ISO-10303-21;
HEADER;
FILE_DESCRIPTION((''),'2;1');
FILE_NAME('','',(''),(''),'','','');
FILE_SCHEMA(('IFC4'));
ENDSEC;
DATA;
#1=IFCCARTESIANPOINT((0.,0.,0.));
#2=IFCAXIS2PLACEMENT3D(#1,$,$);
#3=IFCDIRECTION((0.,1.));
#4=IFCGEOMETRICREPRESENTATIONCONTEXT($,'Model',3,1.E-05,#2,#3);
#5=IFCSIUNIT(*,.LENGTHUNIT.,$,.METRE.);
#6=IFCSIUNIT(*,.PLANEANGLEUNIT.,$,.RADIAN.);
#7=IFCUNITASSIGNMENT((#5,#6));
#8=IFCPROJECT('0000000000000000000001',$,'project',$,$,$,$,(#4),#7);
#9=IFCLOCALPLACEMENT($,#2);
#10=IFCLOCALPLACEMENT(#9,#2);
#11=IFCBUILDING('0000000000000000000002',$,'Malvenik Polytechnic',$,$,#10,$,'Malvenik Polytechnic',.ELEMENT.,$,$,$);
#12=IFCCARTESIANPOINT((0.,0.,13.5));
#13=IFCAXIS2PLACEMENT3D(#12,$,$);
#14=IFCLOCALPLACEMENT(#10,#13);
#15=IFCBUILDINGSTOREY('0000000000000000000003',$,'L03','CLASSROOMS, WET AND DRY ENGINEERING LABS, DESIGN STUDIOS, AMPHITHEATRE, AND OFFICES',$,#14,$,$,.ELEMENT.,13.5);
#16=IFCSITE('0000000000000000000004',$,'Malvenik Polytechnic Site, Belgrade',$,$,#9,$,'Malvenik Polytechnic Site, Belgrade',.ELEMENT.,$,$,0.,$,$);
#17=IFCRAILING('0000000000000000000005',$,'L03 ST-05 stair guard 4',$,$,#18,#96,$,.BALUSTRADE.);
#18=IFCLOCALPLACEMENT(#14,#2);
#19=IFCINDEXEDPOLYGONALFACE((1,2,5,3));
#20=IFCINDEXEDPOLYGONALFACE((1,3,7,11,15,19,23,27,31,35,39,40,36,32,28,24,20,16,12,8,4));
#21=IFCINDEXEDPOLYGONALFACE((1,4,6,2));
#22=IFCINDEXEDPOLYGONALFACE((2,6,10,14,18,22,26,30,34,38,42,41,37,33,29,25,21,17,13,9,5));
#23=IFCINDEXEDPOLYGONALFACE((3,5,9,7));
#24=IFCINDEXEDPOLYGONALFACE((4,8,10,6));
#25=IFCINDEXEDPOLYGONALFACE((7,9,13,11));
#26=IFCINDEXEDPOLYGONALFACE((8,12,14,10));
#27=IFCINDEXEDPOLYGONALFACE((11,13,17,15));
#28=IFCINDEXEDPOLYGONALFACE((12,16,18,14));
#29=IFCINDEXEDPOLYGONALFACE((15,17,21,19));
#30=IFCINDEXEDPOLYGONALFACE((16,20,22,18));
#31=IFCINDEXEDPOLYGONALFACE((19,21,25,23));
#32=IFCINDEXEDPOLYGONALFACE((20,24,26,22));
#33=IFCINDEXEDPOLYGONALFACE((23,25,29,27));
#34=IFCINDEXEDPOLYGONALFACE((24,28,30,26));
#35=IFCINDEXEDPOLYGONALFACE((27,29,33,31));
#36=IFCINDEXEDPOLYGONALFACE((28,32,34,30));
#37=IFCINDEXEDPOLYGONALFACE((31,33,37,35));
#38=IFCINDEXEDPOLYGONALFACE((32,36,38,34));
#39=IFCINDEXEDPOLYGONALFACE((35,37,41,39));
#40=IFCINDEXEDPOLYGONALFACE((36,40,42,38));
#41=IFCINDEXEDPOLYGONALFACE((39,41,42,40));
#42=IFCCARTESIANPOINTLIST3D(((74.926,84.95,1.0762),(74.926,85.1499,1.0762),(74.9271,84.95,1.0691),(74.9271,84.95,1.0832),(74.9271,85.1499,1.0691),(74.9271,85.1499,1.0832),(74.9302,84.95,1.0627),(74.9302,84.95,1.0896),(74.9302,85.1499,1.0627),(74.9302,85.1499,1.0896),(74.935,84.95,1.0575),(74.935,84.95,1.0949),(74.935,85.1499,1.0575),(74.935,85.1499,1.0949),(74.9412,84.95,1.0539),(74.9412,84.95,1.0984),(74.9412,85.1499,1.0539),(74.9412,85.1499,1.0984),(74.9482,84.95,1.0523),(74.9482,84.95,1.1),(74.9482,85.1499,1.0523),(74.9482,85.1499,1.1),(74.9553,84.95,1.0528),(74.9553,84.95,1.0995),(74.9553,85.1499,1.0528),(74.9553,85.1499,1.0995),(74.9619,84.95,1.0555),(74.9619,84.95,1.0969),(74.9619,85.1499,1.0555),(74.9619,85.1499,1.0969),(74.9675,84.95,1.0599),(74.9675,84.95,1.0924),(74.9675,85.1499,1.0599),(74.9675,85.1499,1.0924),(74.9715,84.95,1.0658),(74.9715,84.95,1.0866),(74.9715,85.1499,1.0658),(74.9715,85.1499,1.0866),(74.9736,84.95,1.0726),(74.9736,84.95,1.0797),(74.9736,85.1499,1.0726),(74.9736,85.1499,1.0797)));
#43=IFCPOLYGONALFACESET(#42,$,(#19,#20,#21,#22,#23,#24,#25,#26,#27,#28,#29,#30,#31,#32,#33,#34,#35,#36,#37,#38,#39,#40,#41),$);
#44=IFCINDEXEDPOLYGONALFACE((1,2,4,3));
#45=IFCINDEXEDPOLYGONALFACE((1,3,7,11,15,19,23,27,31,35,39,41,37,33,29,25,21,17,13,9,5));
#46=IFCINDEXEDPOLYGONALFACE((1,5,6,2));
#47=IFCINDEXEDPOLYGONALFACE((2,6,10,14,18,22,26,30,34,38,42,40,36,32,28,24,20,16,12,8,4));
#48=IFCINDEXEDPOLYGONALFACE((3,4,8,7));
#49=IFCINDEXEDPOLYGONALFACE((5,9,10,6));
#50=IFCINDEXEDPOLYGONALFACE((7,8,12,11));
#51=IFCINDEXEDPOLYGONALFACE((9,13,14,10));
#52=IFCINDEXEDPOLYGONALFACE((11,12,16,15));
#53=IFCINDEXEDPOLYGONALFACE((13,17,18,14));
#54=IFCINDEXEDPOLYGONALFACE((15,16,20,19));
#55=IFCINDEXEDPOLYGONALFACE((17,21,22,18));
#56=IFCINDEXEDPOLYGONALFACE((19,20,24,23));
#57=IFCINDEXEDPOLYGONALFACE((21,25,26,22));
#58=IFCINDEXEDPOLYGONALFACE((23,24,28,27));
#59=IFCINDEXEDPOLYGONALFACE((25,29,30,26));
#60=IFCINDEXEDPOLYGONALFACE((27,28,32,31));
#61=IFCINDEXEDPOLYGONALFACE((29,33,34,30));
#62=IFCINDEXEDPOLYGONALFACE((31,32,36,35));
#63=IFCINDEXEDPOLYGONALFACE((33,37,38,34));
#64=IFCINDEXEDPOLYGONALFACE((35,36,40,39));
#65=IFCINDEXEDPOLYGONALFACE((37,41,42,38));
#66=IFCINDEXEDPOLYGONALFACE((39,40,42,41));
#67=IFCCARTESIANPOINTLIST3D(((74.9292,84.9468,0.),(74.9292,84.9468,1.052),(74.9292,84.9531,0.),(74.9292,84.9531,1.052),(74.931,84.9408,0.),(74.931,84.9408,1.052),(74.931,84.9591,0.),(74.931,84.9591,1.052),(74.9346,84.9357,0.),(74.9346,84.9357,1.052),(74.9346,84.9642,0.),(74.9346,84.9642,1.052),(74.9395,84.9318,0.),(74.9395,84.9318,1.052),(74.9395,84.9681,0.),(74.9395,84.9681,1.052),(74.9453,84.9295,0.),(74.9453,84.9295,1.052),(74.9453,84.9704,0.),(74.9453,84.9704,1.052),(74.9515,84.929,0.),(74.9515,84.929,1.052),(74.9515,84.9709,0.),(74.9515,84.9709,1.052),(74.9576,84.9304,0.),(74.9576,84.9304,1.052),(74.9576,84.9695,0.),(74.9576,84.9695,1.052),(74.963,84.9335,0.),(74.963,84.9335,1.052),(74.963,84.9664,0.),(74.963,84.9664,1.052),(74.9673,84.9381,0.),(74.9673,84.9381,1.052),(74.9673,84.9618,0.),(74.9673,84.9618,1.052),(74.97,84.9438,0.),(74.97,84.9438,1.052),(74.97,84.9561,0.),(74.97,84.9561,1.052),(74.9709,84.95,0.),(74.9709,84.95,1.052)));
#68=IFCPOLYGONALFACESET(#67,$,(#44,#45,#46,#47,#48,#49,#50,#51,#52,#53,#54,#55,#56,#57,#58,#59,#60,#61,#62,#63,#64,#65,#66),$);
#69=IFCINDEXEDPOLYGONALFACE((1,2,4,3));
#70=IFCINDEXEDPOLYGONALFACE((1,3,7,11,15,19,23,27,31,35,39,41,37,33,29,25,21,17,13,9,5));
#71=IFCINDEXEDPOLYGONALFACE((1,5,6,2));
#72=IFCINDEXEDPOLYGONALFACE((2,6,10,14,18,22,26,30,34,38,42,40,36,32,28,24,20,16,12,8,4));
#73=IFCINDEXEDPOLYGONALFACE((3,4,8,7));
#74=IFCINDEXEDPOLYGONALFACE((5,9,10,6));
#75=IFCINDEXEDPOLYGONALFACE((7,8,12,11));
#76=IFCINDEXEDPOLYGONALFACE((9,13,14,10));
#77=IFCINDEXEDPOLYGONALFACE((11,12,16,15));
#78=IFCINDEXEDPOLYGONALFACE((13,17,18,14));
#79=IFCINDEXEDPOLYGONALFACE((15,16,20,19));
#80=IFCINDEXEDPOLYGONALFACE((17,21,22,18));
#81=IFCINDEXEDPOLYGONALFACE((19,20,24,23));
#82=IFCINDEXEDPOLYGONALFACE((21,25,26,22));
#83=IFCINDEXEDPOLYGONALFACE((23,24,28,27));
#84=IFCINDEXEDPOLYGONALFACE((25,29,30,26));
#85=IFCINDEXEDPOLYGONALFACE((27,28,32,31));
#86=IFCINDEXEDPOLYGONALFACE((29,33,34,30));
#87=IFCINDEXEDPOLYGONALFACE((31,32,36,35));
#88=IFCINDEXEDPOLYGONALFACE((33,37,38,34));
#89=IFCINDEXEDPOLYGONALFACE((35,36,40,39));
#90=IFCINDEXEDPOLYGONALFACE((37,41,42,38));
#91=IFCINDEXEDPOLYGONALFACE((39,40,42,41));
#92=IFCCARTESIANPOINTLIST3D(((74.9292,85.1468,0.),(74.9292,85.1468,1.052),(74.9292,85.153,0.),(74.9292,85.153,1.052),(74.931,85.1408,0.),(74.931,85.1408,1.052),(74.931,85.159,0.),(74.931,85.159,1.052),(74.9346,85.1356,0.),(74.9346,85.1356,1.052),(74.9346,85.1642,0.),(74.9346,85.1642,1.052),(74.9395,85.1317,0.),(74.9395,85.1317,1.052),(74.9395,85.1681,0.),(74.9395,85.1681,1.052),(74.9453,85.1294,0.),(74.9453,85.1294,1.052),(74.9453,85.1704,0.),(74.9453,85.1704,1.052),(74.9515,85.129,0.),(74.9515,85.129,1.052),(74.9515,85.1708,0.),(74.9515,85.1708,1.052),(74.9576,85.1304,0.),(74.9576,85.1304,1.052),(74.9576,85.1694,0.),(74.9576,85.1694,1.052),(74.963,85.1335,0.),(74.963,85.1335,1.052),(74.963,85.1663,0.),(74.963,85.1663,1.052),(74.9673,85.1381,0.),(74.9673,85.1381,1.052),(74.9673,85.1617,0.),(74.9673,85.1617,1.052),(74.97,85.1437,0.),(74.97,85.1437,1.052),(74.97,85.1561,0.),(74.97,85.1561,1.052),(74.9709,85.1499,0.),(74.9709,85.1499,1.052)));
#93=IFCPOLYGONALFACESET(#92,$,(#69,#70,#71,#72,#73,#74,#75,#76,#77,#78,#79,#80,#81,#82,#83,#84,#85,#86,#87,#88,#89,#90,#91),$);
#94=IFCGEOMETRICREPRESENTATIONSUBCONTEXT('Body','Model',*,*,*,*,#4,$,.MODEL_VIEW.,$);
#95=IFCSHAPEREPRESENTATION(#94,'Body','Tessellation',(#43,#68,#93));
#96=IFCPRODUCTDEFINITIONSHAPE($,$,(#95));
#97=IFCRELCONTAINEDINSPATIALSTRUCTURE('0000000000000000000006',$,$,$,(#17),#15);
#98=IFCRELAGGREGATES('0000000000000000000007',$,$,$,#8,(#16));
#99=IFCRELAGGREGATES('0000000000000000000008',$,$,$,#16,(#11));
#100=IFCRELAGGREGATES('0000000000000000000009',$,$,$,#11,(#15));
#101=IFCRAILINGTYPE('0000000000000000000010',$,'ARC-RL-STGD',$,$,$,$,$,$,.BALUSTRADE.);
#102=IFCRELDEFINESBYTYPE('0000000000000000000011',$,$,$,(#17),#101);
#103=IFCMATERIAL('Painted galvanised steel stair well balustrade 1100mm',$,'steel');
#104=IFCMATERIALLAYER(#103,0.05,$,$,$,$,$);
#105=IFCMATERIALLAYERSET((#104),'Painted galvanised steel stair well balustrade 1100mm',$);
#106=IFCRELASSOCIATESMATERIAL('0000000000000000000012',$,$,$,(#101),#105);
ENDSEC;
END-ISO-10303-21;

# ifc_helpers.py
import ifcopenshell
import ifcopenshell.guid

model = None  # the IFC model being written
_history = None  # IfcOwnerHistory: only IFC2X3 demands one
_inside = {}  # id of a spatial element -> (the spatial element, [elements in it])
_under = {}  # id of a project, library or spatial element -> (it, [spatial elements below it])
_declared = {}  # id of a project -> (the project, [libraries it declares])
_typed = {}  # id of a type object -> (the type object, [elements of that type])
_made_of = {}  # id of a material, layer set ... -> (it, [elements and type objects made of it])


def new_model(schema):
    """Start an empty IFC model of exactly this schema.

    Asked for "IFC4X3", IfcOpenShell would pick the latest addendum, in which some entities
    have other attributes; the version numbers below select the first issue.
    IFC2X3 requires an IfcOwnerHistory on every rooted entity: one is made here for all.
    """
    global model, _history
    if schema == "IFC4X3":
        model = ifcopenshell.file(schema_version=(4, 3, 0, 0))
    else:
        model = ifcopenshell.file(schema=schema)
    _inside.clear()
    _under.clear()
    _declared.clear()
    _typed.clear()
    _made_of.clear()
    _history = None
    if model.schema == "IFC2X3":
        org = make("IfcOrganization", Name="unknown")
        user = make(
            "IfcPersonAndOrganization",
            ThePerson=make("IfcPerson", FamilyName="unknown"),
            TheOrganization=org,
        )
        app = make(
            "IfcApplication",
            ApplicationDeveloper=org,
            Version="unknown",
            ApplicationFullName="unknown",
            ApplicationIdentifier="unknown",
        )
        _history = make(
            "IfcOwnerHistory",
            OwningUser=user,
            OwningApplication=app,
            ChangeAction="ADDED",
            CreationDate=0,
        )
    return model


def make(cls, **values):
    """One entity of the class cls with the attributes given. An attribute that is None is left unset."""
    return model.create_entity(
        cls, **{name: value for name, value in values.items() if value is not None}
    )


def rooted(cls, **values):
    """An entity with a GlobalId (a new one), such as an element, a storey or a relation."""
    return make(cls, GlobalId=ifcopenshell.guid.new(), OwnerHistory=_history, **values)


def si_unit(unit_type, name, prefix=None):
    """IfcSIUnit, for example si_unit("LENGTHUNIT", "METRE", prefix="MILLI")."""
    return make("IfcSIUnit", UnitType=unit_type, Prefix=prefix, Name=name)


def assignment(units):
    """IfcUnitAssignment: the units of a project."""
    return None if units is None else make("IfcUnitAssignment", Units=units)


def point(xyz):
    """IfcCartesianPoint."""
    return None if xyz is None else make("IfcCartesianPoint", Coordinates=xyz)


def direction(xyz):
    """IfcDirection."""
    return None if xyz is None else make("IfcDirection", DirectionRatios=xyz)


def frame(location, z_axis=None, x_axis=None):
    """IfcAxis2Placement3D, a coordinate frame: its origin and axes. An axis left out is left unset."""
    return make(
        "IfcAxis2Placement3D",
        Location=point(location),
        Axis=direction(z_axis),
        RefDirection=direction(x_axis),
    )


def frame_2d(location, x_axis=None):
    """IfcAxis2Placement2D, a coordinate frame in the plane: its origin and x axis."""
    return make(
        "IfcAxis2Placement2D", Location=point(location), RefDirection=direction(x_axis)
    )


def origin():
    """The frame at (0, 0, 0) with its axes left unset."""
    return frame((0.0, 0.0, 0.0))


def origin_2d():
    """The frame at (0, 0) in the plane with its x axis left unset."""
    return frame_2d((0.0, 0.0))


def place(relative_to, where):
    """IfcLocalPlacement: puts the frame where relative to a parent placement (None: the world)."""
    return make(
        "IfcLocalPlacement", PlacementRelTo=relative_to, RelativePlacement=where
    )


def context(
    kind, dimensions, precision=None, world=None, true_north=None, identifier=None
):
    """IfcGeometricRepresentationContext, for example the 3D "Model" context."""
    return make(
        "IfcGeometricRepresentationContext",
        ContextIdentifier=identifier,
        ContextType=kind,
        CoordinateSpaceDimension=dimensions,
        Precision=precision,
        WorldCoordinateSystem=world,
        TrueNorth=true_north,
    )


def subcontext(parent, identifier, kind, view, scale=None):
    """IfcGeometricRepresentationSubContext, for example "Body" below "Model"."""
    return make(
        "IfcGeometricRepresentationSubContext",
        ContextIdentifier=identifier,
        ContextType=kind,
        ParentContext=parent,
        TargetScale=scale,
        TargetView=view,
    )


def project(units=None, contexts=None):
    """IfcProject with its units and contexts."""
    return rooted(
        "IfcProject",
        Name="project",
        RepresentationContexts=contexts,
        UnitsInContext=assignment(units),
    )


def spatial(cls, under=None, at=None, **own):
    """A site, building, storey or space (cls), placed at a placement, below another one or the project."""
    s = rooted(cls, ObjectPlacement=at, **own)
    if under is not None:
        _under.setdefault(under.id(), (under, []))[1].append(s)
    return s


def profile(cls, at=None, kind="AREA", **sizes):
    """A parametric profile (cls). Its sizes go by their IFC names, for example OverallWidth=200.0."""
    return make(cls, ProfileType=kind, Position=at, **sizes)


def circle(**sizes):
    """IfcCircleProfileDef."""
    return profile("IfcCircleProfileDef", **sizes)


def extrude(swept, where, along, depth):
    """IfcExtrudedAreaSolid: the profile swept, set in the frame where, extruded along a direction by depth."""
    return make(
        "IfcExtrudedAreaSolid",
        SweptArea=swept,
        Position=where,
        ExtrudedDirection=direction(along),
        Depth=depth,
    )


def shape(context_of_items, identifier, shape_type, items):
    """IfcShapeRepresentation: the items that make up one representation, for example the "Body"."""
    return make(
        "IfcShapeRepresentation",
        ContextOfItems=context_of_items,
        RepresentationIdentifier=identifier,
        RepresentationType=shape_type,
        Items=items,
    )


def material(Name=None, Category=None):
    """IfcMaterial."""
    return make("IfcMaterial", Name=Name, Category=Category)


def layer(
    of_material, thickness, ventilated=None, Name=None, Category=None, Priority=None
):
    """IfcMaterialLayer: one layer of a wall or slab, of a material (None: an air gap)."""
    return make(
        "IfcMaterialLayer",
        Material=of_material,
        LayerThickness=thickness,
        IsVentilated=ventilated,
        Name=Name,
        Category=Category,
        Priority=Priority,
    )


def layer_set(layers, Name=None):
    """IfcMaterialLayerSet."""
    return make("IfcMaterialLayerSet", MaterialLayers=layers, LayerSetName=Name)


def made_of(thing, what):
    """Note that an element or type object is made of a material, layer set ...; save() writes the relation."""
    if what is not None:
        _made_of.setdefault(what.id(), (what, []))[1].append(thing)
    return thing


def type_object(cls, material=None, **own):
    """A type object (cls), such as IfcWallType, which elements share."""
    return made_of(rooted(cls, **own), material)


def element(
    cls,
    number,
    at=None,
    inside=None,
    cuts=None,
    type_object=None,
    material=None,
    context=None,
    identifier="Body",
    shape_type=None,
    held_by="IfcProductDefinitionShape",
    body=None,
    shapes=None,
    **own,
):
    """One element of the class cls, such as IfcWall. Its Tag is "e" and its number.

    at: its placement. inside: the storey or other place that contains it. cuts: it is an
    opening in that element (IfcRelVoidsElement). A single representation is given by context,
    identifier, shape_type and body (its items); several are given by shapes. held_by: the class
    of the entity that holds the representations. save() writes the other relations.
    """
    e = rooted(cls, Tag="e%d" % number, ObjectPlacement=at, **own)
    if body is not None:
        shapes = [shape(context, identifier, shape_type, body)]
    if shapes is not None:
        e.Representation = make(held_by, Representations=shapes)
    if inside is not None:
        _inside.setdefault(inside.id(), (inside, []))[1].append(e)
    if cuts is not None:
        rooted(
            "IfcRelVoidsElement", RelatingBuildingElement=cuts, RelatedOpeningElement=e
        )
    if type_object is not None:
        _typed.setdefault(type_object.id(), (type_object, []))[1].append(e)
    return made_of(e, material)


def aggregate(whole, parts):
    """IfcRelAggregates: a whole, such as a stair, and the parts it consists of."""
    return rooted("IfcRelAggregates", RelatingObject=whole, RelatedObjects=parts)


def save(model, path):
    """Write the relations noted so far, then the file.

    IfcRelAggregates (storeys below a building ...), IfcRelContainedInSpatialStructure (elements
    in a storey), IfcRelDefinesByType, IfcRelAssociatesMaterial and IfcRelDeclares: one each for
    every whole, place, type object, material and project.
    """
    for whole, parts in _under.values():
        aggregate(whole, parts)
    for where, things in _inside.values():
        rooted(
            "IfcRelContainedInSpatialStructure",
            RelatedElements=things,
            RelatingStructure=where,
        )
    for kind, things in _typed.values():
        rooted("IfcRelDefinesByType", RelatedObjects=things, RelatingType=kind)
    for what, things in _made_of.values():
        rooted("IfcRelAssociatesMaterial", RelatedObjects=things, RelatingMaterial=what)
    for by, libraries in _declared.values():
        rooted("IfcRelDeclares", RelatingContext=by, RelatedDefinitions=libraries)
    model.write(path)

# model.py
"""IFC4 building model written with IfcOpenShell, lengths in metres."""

from ifc_helpers import new_model, si_unit, direction, frame, origin, origin_2d, place, context, subcontext, project, spatial, circle, extrude, material, layer, layer_set, type_object, element, save


model = new_model("IFC4")

# Units and contexts
model_context = context("Model", 3, precision=1e-05, world=origin(), true_north=direction((0.0, 1.0)))
body_context = subcontext(model_context, "Body", "Model", "MODEL_VIEW")
ifc_project = project(units=[si_unit("LENGTHUNIT", "METRE"), si_unit("PLANEANGLEUNIT", "RADIAN")], contexts=[model_context])

# Site, building, storey
site_placement = place(None, origin())
site = spatial("IfcSite", under=ifc_project, at=site_placement, Name="Malvenik Polytechnic Site, Belgrade", LongName="Malvenik Polytechnic Site, Belgrade", CompositionType="ELEMENT", RefElevation=0.0)
building_placement = place(site_placement, origin())
building = spatial("IfcBuilding", under=site, at=building_placement, Name="Malvenik Polytechnic", LongName="Malvenik Polytechnic", CompositionType="ELEMENT")
storey_placement = place(building_placement, frame((0.0, 0.0, 13.5)))
storey = spatial("IfcBuildingStorey", under=building, at=storey_placement, Name="L03", Description="CLASSROOMS, WET AND DRY ENGINEERING LABS, DESIGN STUDIOS, AMPHITHEATRE, AND OFFICES", CompositionType="ELEMENT", Elevation=13.5)

# Railing
ifc_material_1 = material(Name="Painted galvanised steel stair well balustrade 1100mm", Category="steel")
ifc_layer_1 = layer(ifc_material_1, 0.05)
ifc_layer_set_1 = layer_set([ifc_layer_1], Name="Painted galvanised steel stair well balustrade 1100mm")
railing_type_1 = type_object("IfcRailingType", Name="ARC-RL-STGD", PredefinedType="BALUSTRADE", material=ifc_layer_set_1)
railing_1_placement = place(storey_placement, frame((74.95, 84.95, 0.0)))
element("IfcRailing", 1, at=railing_1_placement, inside=storey, type_object=railing_type_1, Name="L03 ST-05 stair guard 4", PredefinedType="BALUSTRADE", context=body_context, shape_type="SweptSolid", body=[
    extrude(circle(Radius=0.0239, at=origin_2d()), frame((0.0, 0.0, 1.0762), z_axis=(0.0, 1.0, 0.0), x_axis=(-1.0, 0.0, 0.0)), (0.0, 0.0, 1.0), 0.2),
    extrude(circle(Radius=0.021, at=origin_2d()), origin(), (0.0, 0.0, 1.0), 1.052),
    extrude(circle(Radius=0.021, at=origin_2d()), frame((0.0, 0.2, 0.0)), (0.0, 0.0, 1.0), 1.052),
])

save(model, "model.ifc")
